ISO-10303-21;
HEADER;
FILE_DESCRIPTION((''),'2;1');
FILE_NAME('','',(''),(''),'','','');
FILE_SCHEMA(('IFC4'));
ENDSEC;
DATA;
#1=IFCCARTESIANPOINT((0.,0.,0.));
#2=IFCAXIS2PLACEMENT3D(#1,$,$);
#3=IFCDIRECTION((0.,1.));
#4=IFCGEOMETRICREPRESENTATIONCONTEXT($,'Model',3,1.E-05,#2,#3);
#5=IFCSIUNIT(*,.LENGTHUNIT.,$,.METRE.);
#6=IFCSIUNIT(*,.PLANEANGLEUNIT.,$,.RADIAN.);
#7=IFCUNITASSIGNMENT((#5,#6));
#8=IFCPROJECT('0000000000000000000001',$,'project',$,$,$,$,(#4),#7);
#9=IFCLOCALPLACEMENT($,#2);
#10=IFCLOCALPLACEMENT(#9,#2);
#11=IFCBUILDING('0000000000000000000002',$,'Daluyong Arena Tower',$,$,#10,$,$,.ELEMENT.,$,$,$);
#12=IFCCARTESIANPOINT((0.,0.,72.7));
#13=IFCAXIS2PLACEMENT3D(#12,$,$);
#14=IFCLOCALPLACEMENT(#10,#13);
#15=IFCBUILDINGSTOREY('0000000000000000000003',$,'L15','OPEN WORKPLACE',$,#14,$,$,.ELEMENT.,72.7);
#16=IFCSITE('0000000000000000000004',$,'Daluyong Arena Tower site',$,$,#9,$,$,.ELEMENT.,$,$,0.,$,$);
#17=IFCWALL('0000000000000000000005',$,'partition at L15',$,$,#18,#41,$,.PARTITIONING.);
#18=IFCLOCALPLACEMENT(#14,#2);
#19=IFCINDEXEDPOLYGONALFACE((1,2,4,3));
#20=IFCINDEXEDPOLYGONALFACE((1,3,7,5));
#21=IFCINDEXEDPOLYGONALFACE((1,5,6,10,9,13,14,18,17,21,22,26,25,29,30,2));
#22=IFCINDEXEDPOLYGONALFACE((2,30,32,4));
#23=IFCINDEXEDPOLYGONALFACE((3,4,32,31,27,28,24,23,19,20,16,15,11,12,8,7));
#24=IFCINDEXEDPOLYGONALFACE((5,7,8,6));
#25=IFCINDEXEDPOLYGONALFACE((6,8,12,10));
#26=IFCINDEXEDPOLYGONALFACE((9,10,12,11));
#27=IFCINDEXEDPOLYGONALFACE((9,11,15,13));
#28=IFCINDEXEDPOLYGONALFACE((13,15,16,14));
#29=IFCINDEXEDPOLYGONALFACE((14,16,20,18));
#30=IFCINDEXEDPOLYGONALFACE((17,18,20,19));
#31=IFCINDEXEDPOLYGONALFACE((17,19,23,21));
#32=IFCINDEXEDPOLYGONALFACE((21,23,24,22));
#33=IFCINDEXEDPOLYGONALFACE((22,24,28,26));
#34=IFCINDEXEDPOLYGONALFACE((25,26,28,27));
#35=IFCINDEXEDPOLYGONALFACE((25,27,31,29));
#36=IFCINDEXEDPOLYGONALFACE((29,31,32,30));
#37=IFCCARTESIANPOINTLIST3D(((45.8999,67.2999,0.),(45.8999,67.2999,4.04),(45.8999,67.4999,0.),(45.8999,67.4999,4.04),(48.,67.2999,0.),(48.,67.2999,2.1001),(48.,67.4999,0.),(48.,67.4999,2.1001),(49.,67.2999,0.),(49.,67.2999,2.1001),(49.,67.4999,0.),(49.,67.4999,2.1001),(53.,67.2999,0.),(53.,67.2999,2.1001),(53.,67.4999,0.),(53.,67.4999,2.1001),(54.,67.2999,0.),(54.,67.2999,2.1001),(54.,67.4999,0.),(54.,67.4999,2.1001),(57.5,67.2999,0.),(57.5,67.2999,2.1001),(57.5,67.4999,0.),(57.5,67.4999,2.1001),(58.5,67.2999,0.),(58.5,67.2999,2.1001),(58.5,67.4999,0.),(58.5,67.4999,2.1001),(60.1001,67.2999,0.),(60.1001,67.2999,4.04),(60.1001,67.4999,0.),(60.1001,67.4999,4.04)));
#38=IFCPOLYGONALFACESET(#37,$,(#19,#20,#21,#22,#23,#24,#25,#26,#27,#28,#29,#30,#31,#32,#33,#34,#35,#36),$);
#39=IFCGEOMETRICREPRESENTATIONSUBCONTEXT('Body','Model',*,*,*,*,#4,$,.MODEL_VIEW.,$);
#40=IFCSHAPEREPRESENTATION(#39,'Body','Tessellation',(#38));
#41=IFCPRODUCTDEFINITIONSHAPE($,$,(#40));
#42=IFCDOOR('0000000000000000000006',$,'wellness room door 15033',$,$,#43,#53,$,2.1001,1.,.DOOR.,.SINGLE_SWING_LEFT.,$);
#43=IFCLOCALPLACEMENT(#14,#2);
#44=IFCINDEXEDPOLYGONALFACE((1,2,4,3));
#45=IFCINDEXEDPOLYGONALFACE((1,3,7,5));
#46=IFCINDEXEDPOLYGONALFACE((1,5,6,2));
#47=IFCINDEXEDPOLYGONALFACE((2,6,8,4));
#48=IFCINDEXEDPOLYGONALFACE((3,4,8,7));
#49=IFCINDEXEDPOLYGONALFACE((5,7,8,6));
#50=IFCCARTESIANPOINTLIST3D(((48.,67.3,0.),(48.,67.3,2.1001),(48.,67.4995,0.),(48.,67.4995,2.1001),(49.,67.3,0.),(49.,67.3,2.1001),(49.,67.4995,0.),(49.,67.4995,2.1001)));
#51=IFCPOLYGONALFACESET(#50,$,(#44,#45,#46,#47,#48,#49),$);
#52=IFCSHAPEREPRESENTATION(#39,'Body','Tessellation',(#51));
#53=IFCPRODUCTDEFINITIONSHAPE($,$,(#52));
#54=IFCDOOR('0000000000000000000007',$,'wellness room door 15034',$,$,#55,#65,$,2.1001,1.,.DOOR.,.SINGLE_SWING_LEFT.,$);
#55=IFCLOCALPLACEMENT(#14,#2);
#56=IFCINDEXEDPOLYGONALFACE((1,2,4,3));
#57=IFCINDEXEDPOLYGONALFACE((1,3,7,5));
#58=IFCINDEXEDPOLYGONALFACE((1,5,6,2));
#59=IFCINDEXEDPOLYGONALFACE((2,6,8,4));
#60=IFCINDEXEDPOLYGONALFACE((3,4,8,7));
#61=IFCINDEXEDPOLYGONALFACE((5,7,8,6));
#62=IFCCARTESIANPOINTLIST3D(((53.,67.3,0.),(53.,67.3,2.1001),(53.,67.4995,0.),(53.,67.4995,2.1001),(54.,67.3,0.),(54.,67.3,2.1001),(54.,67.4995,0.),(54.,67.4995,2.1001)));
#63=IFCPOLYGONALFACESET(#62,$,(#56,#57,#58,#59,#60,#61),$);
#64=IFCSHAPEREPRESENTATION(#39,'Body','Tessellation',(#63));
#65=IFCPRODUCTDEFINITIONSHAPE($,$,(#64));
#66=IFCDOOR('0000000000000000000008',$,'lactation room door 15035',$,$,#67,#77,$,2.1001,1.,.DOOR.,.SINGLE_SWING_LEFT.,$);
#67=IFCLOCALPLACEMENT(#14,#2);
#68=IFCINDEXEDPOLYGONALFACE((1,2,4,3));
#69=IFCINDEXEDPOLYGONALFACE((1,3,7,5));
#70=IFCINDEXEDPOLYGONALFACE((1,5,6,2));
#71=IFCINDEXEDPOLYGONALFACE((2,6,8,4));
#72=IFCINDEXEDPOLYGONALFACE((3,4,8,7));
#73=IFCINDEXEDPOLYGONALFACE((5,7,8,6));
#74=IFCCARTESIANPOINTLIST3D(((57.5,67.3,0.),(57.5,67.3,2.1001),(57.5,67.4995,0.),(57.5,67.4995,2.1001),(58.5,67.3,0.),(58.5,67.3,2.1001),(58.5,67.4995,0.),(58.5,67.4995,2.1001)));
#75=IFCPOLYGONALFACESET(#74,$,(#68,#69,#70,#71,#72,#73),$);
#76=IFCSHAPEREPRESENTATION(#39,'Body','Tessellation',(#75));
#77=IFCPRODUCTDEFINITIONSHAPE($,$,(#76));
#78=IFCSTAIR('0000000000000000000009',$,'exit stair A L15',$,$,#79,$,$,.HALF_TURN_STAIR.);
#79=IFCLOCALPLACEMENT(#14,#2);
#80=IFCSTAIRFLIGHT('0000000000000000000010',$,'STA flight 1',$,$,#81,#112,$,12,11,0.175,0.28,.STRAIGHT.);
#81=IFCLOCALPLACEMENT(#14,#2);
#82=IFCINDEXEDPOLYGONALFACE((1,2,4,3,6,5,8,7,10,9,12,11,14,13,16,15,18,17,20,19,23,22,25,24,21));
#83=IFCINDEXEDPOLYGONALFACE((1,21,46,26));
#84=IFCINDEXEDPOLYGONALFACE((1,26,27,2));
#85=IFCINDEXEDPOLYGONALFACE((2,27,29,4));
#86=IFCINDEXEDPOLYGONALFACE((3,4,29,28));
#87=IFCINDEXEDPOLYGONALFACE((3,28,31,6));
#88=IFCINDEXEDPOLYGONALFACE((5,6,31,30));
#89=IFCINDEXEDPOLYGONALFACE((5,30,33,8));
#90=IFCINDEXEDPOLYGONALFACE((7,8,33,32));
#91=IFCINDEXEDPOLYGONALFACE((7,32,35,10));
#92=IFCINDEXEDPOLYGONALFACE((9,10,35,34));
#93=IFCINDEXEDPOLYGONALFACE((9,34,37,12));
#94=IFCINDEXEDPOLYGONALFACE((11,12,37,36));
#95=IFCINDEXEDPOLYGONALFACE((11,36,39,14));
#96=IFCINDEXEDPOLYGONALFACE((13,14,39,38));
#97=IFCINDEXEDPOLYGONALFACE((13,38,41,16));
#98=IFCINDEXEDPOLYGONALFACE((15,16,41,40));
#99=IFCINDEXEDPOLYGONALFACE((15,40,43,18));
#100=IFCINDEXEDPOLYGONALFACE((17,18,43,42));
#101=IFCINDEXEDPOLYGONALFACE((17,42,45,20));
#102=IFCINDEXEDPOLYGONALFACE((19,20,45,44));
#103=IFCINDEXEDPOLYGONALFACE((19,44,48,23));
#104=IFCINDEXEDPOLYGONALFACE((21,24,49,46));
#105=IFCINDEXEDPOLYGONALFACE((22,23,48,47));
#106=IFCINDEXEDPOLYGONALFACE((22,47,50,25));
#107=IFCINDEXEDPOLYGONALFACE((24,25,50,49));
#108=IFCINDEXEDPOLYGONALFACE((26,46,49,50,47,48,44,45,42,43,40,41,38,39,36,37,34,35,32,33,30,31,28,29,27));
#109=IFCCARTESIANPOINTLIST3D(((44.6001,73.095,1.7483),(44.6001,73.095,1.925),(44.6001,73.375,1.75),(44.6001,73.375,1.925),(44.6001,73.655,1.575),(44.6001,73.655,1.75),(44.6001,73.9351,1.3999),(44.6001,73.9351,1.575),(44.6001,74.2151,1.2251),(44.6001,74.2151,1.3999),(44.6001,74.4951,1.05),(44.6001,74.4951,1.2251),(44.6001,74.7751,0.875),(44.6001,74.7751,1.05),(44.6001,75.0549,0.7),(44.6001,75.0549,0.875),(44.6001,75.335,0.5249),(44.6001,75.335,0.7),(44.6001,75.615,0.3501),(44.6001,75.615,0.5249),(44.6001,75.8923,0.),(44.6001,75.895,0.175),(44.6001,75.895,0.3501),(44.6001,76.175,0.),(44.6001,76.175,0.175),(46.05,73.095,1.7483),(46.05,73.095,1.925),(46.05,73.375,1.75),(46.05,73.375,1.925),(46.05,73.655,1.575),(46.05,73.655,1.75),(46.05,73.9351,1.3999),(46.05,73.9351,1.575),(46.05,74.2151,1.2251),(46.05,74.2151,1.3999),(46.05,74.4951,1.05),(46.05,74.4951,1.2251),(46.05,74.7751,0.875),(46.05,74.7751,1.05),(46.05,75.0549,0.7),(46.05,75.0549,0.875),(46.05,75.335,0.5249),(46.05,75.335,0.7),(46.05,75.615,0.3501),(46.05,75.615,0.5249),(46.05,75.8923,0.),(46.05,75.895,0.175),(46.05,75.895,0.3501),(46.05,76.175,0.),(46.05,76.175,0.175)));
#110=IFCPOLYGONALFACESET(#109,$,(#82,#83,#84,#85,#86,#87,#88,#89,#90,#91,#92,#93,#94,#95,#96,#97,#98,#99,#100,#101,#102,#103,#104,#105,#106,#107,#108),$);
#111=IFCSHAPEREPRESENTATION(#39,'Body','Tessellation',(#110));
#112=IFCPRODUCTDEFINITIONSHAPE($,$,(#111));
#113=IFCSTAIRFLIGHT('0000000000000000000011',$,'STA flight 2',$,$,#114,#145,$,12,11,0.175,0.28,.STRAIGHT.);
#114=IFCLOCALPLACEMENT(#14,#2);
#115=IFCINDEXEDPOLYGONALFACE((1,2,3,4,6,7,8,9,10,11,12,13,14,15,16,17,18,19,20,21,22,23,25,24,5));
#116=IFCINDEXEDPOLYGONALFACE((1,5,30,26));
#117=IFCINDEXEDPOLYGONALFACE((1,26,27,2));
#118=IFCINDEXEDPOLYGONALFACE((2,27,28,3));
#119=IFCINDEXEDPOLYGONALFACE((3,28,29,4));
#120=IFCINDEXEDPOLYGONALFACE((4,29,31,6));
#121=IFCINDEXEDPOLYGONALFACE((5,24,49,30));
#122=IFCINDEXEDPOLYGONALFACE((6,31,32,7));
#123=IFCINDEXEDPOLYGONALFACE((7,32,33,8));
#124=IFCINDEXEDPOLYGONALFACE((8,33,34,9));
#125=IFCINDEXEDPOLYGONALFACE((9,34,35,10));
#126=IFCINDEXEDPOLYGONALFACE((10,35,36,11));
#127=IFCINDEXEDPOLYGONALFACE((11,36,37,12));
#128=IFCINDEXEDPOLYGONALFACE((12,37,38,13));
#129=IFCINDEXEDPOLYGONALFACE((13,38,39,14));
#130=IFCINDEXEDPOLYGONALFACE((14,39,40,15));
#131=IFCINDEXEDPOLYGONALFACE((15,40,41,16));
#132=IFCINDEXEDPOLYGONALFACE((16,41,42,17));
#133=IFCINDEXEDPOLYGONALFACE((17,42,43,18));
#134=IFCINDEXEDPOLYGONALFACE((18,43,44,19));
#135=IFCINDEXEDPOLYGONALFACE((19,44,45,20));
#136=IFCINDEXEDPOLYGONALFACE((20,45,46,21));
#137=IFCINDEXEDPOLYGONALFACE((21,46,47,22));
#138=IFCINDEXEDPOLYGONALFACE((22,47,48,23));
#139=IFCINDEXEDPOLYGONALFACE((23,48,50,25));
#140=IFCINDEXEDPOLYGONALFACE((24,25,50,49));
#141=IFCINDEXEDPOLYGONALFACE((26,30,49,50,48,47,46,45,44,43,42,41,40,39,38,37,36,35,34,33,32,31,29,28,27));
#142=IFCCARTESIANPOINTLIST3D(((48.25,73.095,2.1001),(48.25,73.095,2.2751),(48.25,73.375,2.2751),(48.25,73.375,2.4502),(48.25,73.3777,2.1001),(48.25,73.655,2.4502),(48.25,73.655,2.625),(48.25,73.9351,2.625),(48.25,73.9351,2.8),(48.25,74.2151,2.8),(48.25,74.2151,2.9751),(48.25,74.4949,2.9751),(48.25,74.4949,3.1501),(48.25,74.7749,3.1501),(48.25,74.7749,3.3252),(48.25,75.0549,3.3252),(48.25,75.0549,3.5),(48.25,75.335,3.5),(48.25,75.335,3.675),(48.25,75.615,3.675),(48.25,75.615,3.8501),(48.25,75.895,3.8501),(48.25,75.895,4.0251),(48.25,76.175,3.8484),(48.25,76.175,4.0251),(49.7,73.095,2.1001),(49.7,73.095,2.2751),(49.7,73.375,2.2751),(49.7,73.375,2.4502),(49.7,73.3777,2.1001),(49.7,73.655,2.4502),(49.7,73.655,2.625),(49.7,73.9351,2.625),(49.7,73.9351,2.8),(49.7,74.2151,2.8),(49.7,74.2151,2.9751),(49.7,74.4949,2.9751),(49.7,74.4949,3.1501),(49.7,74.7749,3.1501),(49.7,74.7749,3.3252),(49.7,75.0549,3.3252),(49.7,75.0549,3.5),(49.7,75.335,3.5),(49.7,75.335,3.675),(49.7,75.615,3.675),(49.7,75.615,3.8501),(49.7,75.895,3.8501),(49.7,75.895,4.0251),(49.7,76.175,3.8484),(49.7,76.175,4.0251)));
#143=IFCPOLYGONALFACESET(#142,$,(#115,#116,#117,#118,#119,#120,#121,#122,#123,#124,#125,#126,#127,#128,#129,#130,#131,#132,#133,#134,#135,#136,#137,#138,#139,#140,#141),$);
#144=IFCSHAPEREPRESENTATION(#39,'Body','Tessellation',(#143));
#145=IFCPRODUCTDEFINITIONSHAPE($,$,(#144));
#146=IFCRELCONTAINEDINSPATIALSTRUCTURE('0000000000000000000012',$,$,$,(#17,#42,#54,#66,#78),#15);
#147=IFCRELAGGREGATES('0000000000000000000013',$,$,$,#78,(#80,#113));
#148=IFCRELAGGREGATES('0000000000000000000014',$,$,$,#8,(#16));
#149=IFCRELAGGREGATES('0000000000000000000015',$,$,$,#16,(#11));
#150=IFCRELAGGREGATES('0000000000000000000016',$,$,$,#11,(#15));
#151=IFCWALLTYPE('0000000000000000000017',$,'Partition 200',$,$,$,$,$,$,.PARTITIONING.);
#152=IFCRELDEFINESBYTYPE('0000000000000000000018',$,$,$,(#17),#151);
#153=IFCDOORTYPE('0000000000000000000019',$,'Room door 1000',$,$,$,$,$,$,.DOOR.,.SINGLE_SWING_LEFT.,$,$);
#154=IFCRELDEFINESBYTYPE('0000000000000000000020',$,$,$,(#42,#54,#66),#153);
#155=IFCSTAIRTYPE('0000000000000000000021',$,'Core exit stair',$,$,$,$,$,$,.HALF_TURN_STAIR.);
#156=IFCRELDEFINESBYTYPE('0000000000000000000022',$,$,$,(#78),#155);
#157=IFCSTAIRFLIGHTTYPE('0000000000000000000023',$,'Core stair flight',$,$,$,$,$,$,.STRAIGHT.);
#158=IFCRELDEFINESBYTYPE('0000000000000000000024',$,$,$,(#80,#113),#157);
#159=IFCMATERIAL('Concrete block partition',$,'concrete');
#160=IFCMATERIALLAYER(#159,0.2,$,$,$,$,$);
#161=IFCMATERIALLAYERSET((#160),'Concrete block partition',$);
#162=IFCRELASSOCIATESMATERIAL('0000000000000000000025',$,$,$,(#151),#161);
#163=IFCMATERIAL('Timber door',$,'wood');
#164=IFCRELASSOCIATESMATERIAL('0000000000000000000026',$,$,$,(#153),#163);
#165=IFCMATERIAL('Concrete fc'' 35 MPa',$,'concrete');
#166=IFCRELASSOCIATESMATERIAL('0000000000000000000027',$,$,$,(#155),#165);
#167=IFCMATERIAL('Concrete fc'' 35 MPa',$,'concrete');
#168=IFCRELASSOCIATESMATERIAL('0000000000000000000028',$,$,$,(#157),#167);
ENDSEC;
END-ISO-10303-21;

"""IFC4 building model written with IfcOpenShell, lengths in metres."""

from ifc_helpers import new_model, si_unit, direction, frame, frame_2d, origin, place, context, subcontext, project, spatial, polyline, rectangle, outline, extrude, material, layer, layer_set, type_object, element, fill, aggregate, save


model = new_model("IFC4")

# Units and contexts
model_context = context("Model", 3, precision=1e-05, world=origin(), true_north=direction((0.0, 1.0)))
body_context = subcontext(model_context, "Body", "Model", "MODEL_VIEW")
ifc_project = project(units=[si_unit("LENGTHUNIT", "METRE"), si_unit("PLANEANGLEUNIT", "RADIAN")], contexts=[model_context])

# Site, building, storey
site_placement = place(None, origin())
site = spatial("IfcSite", under=ifc_project, at=site_placement, Name="Daluyong Arena Tower site", CompositionType="ELEMENT", RefElevation=0.0)
building_placement = place(site_placement, origin())
building = spatial("IfcBuilding", under=site, at=building_placement, Name="Daluyong Arena Tower", CompositionType="ELEMENT")
storey_placement = place(building_placement, frame((0.0, 0.0, 72.7)))
storey = spatial("IfcBuildingStorey", under=building, at=storey_placement, Name="L15", Description="OPEN WORKPLACE", CompositionType="ELEMENT", Elevation=72.7)

# Shared definitions
ifc_material_1 = material(Name="Concrete block partition", Category="concrete")
ifc_layer_1 = layer(ifc_material_1, 0.2)
ifc_layer_set_1 = layer_set([ifc_layer_1], Name="Concrete block partition")
wall_type_1 = type_object("IfcWallType", Name="Partition 200", PredefinedType="PARTITIONING", material=ifc_layer_set_1)

# Wall, openings, doors
wall_1_placement = place(storey_placement, frame((45.8999, 67.3999, 0.0), z_axis=(0.0, 0.0, 1.0), x_axis=(1.0, 0.0, 0.0)))
wall_1 = element("IfcWall", 1, at=wall_1_placement, inside=storey, type_object=wall_type_1, Name="partition at L15", PredefinedType="PARTITIONING", context=body_context, shape_type="SweptSolid", body=[
    extrude(rectangle(XDim=14.2002, YDim=0.2, at=frame_2d((7.1001, 0.0))), origin(), (0.0, 0.0, 1.0), 4.04),
])
opening_1_placement = place(wall_1_placement, frame((2.1001, 0.0, 0.0)))
opening_1 = element("IfcOpeningElement", 2, at=opening_1_placement, cuts=wall_1, PredefinedType="OPENING", context=body_context, shape_type="SweptSolid", body=[
    extrude(rectangle(XDim=1.0, YDim=2.1001, at=frame_2d((0.5, 1.05))), frame((0.0, 0.1099, 0.0), z_axis=(0.0, -1.0, 0.0), x_axis=(1.0, 0.0, 0.0)), (0.0, 0.0, 1.0), 0.22),
])
opening_2_placement = place(wall_1_placement, frame((7.1001, 0.0, 0.0)))
opening_2 = element("IfcOpeningElement", 3, at=opening_2_placement, cuts=wall_1, PredefinedType="OPENING", context=body_context, shape_type="SweptSolid", body=[
    extrude(rectangle(XDim=1.0, YDim=2.1001, at=frame_2d((0.5, 1.05))), frame((0.0, 0.1099, 0.0), z_axis=(0.0, -1.0, 0.0), x_axis=(1.0, 0.0, 0.0)), (0.0, 0.0, 1.0), 0.22),
])
opening_3_placement = place(wall_1_placement, frame((11.6001, 0.0, 0.0)))
opening_3 = element("IfcOpeningElement", 4, at=opening_3_placement, cuts=wall_1, PredefinedType="OPENING", context=body_context, shape_type="SweptSolid", body=[
    extrude(rectangle(XDim=1.0, YDim=2.1001, at=frame_2d((0.5, 1.05))), frame((0.0, 0.1099, 0.0), z_axis=(0.0, -1.0, 0.0), x_axis=(1.0, 0.0, 0.0)), (0.0, 0.0, 1.0), 0.22),
])
ifc_material_2 = material(Name="Timber door", Category="wood")
door_type_1 = type_object("IfcDoorType", Name="Room door 1000", OperationType="SINGLE_SWING_LEFT", PredefinedType="DOOR", material=ifc_material_2)
door_1_placement = place(opening_1_placement, origin())
door_1 = element("IfcDoor", 5, at=door_1_placement, inside=storey, type_object=door_type_1, Name="wellness room door 15033", OperationType="SINGLE_SWING_LEFT", OverallHeight=2.1001, OverallWidth=1.0, PredefinedType="DOOR", context=body_context, shape_type="SweptSolid", body=[
    extrude(rectangle(XDim=1.0, YDim=2.1001, at=frame_2d((0.5, 1.05))), frame((0.0, 0.0996, 0.0), z_axis=(0.0, -1.0, 0.0), x_axis=(1.0, 0.0, 0.0)), (0.0, 0.0, 1.0), 0.1995),
])
fill(opening_1, door_1)
door_2_placement = place(opening_2_placement, origin())
door_2 = element("IfcDoor", 6, at=door_2_placement, inside=storey, type_object=door_type_1, Name="wellness room door 15034", OperationType="SINGLE_SWING_LEFT", OverallHeight=2.1001, OverallWidth=1.0, PredefinedType="DOOR", context=body_context, shape_type="SweptSolid", body=[
    extrude(rectangle(XDim=1.0, YDim=2.1001, at=frame_2d((0.5, 1.05))), frame((0.0, 0.0996, 0.0), z_axis=(0.0, -1.0, 0.0), x_axis=(1.0, 0.0, 0.0)), (0.0, 0.0, 1.0), 0.1995),
])
fill(opening_2, door_2)
door_3_placement = place(opening_3_placement, origin())
door_3 = element("IfcDoor", 7, at=door_3_placement, inside=storey, type_object=door_type_1, Name="lactation room door 15035", OperationType="SINGLE_SWING_LEFT", OverallHeight=2.1001, OverallWidth=1.0, PredefinedType="DOOR", context=body_context, shape_type="SweptSolid", body=[
    extrude(rectangle(XDim=1.0, YDim=2.1001, at=frame_2d((0.5, 1.05))), frame((0.0, 0.0996, 0.0), z_axis=(0.0, -1.0, 0.0), x_axis=(1.0, 0.0, 0.0)), (0.0, 0.0, 1.0), 0.1995),
])
fill(opening_3, door_3)

# Stair, stair flights
ifc_material_3 = material(Name="Concrete fc' 35 MPa", Category="concrete")
stair_type = type_object("IfcStairType", Name="Core exit stair", PredefinedType="HALF_TURN_STAIR", material=ifc_material_3)
stair_placement = place(storey_placement, origin())
stair = element("IfcStair", 8, at=stair_placement, inside=storey, type_object=stair_type, Name="exit stair A L15", PredefinedType="HALF_TURN_STAIR")
ifc_material_4 = material(Name="Concrete fc' 35 MPa", Category="concrete")
stair_flight_type = type_object("IfcStairFlightType", Name="Core stair flight", PredefinedType="STRAIGHT", material=ifc_material_4)
stair_flight_1_placement = place(storey_placement, frame((45.325, 76.175, 0.0), z_axis=(0.0, 0.0, 1.0), x_axis=(0.0, -1.0, 0.0)))
stair_flight_1 = element("IfcStairFlight", 9, at=stair_flight_1_placement, type_object=stair_flight_type, Name="STA flight 1", NumberOfRisers=12, NumberOfTreads=11, PredefinedType="STRAIGHT", RiserHeight=0.175, TreadLength=0.28, context=body_context, shape_type="SweptSolid", body=[
    extrude(outline(polyline([(0.0, 0.0), (0.0, 0.175), (0.28, 0.175), (0.28, 0.3501), (0.5601, 0.3501), (0.5601, 0.5249), (0.8401, 0.5249), (0.8401, 0.7), (1.1201, 0.7), (1.1201, 0.875), (1.3999, 0.875), (1.3999, 1.05), (1.6799, 1.05), (1.6799, 1.2251), (1.96, 1.2251), (1.96, 1.3999), (2.24, 1.3999), (2.24, 1.575), (2.52, 1.575), (2.52, 1.75), (2.8, 1.75), (2.8, 1.925), (3.0801, 1.925), (3.0801, 2.1001), (3.0801, 1.7483), (0.2827, 0.0), (0.0, 0.0)])), frame((0.0, 0.7251, 0.0), z_axis=(0.0, -1.0, 0.0), x_axis=(1.0, 0.0, 0.0)), (0.0, 0.0, 1.0), 1.45),
])
stair_flight_2_placement = place(storey_placement, frame((48.9751, 73.095, 2.1001), z_axis=(0.0, 0.0, 1.0), x_axis=(0.0, 1.0, 0.0)))
stair_flight_2 = element("IfcStairFlight", 10, at=stair_flight_2_placement, type_object=stair_flight_type, Name="STA flight 2", NumberOfRisers=12, NumberOfTreads=11, PredefinedType="STRAIGHT", RiserHeight=0.175, TreadLength=0.28, context=body_context, shape_type="SweptSolid", body=[
    extrude(outline(polyline([(0.0, 0.0), (0.0, 0.175), (0.28, 0.175), (0.28, 0.3501), (0.5601, 0.3501), (0.5601, 0.5249), (0.8401, 0.5249), (0.8401, 0.7), (1.1201, 0.7), (1.1201, 0.875), (1.3999, 0.875), (1.3999, 1.05), (1.6799, 1.05), (1.6799, 1.2251), (1.96, 1.2251), (1.96, 1.3999), (2.24, 1.3999), (2.24, 1.575), (2.52, 1.575), (2.52, 1.75), (2.8, 1.75), (2.8, 1.925), (3.0801, 1.925), (3.0801, 2.1001), (3.0801, 1.7483), (0.2827, 0.0), (0.0, 0.0)])), frame((0.0, 0.7251, 0.0), z_axis=(0.0, -1.0, 0.0), x_axis=(1.0, 0.0, 0.0)), (0.0, 0.0, 1.0), 1.45),
])
aggregate(stair, [stair_flight_1, stair_flight_2])

save(model, "model.ifc")
